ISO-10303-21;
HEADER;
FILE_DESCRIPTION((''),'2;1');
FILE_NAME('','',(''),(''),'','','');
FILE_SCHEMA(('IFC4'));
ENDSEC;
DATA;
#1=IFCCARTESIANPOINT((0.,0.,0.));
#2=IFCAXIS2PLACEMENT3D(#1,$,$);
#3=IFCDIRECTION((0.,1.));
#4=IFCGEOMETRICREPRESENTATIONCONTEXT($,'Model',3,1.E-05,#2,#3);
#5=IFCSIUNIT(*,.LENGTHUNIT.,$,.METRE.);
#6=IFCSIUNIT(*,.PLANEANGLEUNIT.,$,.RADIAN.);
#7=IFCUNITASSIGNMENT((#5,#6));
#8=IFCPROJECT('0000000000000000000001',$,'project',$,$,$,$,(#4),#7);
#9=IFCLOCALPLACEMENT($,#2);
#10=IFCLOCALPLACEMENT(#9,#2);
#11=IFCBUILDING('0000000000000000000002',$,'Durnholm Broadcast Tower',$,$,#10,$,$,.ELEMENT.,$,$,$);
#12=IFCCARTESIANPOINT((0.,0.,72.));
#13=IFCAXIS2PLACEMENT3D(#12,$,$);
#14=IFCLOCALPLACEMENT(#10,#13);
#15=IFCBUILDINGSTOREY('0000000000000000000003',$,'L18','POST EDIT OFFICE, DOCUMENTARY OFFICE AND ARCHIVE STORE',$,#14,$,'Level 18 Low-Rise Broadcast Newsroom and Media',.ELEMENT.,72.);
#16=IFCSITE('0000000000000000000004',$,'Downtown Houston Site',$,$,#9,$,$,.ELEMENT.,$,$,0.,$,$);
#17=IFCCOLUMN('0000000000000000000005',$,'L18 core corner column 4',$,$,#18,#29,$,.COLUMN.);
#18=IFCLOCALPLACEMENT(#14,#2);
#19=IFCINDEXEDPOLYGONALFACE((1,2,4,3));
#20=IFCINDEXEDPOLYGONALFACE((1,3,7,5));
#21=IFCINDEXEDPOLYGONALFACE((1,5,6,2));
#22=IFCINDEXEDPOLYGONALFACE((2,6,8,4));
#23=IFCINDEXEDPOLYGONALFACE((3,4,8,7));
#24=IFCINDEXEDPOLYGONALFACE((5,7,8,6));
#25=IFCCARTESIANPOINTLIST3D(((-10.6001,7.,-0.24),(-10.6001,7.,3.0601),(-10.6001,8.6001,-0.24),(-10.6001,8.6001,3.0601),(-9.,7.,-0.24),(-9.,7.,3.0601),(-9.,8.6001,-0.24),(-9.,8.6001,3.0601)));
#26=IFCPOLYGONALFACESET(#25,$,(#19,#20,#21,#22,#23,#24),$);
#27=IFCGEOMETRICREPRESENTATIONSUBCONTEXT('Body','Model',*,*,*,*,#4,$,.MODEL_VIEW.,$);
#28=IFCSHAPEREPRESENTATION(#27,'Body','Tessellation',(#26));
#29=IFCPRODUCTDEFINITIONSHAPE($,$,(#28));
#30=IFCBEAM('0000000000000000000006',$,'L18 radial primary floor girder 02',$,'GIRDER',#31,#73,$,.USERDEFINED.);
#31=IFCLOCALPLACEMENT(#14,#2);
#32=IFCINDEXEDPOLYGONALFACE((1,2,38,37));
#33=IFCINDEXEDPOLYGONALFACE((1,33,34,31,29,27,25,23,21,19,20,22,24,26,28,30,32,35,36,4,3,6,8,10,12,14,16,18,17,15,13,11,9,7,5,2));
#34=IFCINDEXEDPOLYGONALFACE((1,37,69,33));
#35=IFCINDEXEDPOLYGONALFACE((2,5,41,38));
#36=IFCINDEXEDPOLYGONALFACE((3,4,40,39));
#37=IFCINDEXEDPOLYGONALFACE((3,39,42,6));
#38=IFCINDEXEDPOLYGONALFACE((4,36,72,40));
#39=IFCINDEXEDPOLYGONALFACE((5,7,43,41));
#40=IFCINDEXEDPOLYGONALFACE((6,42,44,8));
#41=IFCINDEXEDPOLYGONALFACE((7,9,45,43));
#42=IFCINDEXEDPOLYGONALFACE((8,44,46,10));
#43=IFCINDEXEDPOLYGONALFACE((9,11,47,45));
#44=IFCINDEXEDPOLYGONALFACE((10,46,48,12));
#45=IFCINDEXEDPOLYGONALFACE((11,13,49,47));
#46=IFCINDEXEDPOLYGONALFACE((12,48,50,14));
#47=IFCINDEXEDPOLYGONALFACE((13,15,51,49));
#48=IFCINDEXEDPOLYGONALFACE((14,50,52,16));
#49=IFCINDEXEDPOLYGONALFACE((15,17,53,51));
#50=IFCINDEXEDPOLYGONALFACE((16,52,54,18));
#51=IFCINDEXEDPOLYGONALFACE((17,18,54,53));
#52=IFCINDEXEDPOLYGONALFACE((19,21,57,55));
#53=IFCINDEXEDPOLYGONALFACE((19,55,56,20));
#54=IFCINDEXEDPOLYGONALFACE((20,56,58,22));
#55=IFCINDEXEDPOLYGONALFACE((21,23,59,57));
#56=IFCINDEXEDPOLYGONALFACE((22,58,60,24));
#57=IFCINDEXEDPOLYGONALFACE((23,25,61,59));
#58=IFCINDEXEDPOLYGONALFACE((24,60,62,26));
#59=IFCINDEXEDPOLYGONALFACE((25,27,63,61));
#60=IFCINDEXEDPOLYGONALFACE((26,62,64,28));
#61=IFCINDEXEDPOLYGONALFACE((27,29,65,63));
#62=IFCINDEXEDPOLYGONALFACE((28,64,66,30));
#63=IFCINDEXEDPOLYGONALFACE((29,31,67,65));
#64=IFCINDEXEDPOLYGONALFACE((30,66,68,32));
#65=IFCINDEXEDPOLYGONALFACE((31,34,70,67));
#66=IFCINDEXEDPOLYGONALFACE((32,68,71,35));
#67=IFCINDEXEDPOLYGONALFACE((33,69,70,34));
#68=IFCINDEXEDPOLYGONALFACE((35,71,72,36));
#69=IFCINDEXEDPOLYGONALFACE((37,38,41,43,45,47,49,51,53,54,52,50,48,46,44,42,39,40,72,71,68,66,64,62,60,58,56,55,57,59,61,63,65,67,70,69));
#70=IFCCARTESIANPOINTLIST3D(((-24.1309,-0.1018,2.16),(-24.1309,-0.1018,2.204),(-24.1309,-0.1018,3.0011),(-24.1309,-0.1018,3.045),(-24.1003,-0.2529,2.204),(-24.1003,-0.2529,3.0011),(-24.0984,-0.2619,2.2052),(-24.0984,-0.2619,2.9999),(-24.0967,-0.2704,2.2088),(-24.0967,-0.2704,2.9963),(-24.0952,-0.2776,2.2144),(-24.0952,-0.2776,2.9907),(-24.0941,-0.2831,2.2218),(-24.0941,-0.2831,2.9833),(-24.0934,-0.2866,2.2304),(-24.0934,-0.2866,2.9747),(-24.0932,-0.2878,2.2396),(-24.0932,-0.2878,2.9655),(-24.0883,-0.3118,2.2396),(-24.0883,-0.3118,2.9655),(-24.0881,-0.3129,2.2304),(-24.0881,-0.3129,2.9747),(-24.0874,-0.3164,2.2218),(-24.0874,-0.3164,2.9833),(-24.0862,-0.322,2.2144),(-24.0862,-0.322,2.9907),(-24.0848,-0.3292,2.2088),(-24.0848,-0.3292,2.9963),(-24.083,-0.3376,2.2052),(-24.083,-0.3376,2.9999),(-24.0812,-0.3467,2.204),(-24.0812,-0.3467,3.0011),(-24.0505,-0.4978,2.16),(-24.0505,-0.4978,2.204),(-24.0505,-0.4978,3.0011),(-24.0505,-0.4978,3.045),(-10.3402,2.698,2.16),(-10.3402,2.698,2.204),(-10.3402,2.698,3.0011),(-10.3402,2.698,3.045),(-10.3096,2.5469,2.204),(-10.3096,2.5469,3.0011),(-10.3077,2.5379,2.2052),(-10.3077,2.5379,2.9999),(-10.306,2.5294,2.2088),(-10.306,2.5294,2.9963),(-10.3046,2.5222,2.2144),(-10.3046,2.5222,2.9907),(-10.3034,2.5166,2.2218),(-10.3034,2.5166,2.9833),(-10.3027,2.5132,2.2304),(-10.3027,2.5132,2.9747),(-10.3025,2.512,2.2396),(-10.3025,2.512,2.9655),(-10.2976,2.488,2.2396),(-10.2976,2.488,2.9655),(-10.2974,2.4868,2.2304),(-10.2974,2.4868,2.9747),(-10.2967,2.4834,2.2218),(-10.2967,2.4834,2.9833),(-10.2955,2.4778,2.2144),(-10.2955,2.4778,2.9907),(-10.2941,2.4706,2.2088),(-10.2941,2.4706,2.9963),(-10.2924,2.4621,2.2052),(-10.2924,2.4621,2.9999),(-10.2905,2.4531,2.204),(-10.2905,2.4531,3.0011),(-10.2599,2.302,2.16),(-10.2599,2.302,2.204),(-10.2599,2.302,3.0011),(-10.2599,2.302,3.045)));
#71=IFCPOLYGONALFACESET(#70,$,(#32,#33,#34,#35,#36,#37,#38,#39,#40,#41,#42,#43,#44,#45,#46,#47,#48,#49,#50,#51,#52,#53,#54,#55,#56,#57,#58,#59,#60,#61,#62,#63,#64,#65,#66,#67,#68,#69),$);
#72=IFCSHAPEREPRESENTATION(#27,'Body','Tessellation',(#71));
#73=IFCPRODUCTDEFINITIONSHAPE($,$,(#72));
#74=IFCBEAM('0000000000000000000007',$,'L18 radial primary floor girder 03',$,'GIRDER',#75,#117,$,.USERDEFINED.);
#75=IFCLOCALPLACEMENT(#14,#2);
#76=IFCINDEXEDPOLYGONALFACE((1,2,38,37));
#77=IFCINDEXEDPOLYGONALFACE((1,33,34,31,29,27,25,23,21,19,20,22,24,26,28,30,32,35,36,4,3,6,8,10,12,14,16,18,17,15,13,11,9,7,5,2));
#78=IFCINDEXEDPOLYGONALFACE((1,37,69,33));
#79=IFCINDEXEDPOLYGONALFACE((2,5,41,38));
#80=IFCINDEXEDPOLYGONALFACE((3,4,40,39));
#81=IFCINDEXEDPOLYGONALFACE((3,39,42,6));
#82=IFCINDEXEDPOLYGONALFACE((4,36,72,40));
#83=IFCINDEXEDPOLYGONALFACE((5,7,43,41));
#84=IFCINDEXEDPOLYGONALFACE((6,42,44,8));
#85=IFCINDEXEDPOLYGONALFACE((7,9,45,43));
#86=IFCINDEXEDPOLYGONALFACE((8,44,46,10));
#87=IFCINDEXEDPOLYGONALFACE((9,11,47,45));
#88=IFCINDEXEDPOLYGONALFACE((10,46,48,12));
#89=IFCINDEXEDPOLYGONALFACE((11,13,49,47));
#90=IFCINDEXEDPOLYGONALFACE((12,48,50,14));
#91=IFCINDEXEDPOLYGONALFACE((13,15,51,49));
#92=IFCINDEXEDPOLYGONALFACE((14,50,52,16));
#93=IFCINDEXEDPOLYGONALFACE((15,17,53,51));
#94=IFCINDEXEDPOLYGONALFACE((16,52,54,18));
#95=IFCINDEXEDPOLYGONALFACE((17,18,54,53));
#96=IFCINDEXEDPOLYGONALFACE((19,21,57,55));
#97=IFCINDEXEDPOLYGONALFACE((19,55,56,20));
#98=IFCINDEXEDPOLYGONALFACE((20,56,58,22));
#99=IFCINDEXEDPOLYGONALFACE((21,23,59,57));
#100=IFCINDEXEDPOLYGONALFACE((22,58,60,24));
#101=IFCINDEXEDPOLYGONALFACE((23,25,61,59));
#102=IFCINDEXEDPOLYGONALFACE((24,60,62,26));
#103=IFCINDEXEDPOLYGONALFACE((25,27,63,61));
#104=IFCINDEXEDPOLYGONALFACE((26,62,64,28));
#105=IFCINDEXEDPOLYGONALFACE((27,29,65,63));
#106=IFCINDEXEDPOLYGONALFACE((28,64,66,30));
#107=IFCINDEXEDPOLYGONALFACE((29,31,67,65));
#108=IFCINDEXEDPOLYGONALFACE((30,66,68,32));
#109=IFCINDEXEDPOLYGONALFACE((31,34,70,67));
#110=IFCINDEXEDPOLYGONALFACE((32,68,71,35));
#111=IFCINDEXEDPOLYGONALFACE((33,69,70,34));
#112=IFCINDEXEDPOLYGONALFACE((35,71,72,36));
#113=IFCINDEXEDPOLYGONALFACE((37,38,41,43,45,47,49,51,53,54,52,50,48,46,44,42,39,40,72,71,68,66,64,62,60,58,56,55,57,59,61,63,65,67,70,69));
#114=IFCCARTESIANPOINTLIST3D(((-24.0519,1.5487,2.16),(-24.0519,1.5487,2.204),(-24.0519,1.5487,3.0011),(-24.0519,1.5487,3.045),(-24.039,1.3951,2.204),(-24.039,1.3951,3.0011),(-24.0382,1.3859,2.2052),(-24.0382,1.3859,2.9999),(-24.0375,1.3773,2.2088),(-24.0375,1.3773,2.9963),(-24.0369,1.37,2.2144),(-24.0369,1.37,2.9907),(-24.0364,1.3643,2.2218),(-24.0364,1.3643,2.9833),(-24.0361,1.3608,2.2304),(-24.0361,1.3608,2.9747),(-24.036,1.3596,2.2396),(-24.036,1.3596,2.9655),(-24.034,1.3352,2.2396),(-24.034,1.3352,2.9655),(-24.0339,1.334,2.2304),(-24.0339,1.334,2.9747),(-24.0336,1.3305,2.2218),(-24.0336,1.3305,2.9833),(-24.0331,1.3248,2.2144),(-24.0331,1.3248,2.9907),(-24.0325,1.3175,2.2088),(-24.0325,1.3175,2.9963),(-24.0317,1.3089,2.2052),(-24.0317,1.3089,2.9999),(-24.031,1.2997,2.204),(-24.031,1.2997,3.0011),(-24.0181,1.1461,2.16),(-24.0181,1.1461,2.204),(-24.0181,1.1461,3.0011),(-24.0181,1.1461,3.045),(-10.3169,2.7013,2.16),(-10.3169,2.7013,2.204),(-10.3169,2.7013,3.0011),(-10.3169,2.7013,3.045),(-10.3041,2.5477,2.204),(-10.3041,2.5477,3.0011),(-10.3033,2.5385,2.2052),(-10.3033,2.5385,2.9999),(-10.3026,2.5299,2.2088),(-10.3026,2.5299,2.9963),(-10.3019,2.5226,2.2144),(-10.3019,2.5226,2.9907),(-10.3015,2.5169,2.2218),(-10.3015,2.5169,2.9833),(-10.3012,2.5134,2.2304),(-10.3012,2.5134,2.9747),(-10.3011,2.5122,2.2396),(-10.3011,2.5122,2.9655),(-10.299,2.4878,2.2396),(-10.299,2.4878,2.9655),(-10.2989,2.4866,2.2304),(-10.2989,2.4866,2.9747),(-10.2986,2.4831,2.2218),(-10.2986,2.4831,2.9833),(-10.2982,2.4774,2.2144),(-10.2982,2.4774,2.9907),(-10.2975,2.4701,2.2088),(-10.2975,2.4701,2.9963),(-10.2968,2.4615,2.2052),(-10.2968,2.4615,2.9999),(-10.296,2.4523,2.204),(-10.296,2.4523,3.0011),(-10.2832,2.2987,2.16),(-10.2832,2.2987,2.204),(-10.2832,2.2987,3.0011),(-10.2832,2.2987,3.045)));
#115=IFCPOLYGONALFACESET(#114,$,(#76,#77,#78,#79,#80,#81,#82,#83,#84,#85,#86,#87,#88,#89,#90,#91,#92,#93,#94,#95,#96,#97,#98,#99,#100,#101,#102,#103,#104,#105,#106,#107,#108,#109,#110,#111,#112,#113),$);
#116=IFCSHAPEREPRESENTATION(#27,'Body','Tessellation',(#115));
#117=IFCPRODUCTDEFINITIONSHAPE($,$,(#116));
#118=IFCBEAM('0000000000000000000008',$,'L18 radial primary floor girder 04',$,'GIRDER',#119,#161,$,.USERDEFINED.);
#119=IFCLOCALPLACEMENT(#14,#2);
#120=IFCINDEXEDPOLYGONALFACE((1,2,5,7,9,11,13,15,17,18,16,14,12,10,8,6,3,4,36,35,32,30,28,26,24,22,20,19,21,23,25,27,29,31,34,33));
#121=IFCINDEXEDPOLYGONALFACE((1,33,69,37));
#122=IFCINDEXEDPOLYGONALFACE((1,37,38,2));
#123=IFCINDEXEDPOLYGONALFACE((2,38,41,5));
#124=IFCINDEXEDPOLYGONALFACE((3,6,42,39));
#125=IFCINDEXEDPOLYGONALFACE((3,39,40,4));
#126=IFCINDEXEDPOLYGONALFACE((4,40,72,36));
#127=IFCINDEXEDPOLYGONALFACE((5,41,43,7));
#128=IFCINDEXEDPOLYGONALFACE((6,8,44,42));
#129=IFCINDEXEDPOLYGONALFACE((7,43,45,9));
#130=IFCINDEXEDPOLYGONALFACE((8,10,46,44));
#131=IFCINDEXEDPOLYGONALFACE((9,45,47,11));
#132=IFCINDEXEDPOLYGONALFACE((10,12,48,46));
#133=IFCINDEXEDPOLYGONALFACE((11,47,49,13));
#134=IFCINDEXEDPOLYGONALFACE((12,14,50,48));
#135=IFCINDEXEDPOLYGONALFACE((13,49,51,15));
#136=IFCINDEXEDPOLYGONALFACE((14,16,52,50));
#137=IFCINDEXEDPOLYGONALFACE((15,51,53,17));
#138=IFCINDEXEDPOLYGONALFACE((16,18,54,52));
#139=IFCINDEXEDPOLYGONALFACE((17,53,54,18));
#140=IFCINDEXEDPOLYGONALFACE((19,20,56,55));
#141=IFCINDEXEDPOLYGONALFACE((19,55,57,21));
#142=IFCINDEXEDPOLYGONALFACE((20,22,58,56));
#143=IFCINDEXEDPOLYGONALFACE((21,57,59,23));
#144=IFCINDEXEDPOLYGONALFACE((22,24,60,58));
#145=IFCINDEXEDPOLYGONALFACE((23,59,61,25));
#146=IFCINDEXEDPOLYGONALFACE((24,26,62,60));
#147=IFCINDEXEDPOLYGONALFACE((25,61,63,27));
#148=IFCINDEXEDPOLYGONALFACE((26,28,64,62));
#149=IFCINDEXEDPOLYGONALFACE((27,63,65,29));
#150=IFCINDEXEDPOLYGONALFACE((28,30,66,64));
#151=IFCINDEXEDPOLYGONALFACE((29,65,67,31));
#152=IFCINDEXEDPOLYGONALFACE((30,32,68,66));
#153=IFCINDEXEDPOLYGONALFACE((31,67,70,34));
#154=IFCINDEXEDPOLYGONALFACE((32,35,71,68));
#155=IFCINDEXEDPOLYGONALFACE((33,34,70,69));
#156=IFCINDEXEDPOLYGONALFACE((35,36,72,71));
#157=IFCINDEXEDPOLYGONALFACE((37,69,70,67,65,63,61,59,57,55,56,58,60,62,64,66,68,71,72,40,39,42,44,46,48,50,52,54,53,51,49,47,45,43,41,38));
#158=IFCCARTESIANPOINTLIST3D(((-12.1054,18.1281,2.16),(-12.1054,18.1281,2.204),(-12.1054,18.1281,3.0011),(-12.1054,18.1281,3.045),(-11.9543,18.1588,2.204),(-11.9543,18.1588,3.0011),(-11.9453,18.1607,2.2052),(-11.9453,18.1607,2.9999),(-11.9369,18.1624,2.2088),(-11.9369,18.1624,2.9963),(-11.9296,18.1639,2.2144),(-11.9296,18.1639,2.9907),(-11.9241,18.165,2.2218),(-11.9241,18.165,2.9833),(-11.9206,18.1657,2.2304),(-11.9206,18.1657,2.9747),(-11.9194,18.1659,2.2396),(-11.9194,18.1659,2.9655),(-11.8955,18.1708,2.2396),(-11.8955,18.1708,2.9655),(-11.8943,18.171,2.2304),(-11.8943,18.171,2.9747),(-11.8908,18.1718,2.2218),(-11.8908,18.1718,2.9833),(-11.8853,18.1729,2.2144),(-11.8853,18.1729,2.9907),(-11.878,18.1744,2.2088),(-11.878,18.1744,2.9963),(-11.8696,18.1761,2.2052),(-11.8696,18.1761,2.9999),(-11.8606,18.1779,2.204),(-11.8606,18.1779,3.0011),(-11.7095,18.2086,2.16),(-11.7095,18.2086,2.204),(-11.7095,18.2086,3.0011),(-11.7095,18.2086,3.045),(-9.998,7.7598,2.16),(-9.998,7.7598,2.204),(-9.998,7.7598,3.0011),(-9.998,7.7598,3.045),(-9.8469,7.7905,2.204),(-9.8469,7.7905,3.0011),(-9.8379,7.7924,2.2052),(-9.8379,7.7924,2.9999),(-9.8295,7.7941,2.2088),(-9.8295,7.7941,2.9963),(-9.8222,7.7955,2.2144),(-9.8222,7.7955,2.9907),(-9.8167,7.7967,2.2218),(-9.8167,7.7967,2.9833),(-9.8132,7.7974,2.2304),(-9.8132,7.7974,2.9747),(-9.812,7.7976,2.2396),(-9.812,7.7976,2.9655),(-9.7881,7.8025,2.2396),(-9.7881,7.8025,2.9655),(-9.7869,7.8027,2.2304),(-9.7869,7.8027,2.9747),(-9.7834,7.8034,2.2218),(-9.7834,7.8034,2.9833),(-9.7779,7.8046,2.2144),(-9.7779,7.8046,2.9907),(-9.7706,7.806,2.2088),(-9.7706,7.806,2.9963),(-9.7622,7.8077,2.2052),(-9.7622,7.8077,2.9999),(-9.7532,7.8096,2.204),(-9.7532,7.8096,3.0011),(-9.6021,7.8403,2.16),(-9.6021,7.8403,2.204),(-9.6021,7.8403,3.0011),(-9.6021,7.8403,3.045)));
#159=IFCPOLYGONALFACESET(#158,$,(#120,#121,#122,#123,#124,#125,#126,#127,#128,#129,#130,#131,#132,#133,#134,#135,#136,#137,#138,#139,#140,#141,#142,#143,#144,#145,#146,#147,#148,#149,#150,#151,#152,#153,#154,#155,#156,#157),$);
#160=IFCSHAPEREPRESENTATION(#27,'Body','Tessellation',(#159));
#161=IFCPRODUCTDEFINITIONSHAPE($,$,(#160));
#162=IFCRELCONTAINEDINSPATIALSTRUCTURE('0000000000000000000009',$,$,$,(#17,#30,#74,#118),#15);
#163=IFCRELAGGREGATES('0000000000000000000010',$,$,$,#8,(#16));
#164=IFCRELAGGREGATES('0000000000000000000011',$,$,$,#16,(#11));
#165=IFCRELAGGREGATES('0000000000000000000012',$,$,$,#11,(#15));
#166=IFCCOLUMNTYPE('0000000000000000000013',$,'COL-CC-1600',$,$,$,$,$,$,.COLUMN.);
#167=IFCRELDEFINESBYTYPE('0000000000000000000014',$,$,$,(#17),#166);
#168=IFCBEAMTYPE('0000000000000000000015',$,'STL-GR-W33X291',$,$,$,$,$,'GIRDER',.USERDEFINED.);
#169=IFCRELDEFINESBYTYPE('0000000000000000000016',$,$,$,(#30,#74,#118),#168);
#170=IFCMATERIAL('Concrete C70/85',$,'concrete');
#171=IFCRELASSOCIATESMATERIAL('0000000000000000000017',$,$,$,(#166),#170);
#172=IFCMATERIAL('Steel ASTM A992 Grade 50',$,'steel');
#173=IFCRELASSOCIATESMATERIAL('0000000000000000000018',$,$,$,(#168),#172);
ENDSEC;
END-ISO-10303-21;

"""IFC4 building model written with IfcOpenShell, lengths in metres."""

from ifc_helpers import new_model, si_unit, direction, frame, origin, origin_2d, place, context, subcontext, project, spatial, rectangle, i_section, extrude, source, transform, mapped, material, material_profile, profile_set, type_object, type_shapes, element, save


model = new_model("IFC4")

# Units and contexts
model_context = context("Model", 3, precision=1e-05, world=origin(), true_north=direction((0.0, 1.0)))
body_context = subcontext(model_context, "Body", "Model", "MODEL_VIEW")
ifc_project = project(units=[si_unit("LENGTHUNIT", "METRE"), si_unit("PLANEANGLEUNIT", "RADIAN")], contexts=[model_context])

# Site, building, storey
site_placement = place(None, origin())
site = spatial("IfcSite", under=ifc_project, at=site_placement, Name="Downtown Houston Site", CompositionType="ELEMENT", RefElevation=0.0)
building_placement = place(site_placement, origin())
building = spatial("IfcBuilding", under=site, at=building_placement, Name="Durnholm Broadcast Tower", CompositionType="ELEMENT")
storey_placement = place(building_placement, frame((0.0, 0.0, 72.0)))
storey = spatial("IfcBuildingStorey", under=building, at=storey_placement, Name="L18", Description="POST EDIT OFFICE, DOCUMENTARY OFFICE AND ARCHIVE STORE", LongName="Level 18 Low-Rise Broadcast Newsroom and Media", CompositionType="ELEMENT", Elevation=72.0)

# Column
ifc_material_1 = material(Name="Concrete C70/85", Category="concrete")
ifc_material_profile_1 = material_profile(ifc_material_1, rectangle(XDim=1.6001, YDim=1.6001, at=origin_2d()), Name="RC1600X1600")
ifc_profile_set_1 = profile_set([ifc_material_profile_1], Name="Concrete C70/85")
column_type = type_object("IfcColumnType", Name="COL-CC-1600", PredefinedType="COLUMN", material=ifc_profile_set_1)
shared_shape_1 = source(origin(), body_context, "Body", "SweptSolid", [
    extrude(rectangle(XDim=1.6001, YDim=1.6001, at=origin_2d()), origin(), (0.0, 0.0, 1.0), 3.3),
])
type_shapes(column_type, [shared_shape_1])
column_placement = place(storey_placement, frame((-9.8, 7.8, -0.24), z_axis=(0.0, 0.0, 1.0), x_axis=(1.0, 0.0, 0.0)))
element("IfcColumn", 1, at=column_placement, inside=storey, type_object=column_type, Name="L18 core corner column 4", PredefinedType="COLUMN", context=body_context, shape_type="MappedRepresentation", body=[
    mapped(shared_shape_1, transform((0.0, 0.0, 0.0), x_axis=(1.0, 0.0, 0.0), y_axis=(0.0, 1.0, 0.0), z_axis=(0.0, 0.0, 1.0), scale=1.0)),
])

# Beams
ifc_material_2 = material(Name="Steel ASTM A992 Grade 50", Category="steel")
ifc_material_profile_2 = material_profile(ifc_material_2, i_section(OverallWidth=0.4041, OverallDepth=0.885, WebThickness=0.0244, FlangeThickness=0.0439, FilletRadius=0.0356, at=origin_2d()), Name="W33X291")
ifc_profile_set_2 = profile_set([ifc_material_profile_2], Name="Steel ASTM A992 Grade 50")
beam_type = type_object("IfcBeamType", Name="STL-GR-W33X291", ElementType="GIRDER", PredefinedType="USERDEFINED", material=ifc_profile_set_2)
shared_shape_2 = source(origin(), body_context, "Body", "SweptSolid", [
    extrude(i_section(OverallWidth=0.4041, OverallDepth=0.885, WebThickness=0.0244, FlangeThickness=0.0439, FilletRadius=0.0356, at=origin_2d()), origin(), (0.0, 0.0, 1.0), 14.072),
])
beam_1_placement = place(storey_placement, frame((-10.3, 2.5, 2.6025), z_axis=(-0.980007, -0.198961, 0.0), x_axis=(0.198961, -0.980007, 0.0)))
element("IfcBeam", 2, at=beam_1_placement, inside=storey, type_object=beam_type, Name="L18 radial primary floor girder 02", ObjectType="GIRDER", PredefinedType="USERDEFINED", context=body_context, shape_type="MappedRepresentation", body=[
    mapped(shared_shape_2, transform((0.0, 0.0, 0.0), x_axis=(1.0, 0.0, 0.0), y_axis=(0.0, 1.0, 0.0), z_axis=(0.0, 0.0, 1.0), scale=1.0)),
])
shared_shape_3 = source(origin(), body_context, "Body", "SweptSolid", [
    extrude(i_section(OverallWidth=0.4041, OverallDepth=0.885, WebThickness=0.0244, FlangeThickness=0.0439, FilletRadius=0.0356, at=origin_2d()), origin(), (0.0, 0.0, 1.0), 13.7832),
])
beam_2_placement = place(storey_placement, frame((-10.3, 2.5, 2.6025), z_axis=(-0.996497, -0.083623, 0.0), x_axis=(0.083623, -0.996497, 0.0)))
element("IfcBeam", 3, at=beam_2_placement, inside=storey, type_object=beam_type, Name="L18 radial primary floor girder 03", ObjectType="GIRDER", PredefinedType="USERDEFINED", context=body_context, shape_type="MappedRepresentation", body=[
    mapped(shared_shape_3, transform((0.0, 0.0, 0.0), x_axis=(1.0, 0.0, 0.0), y_axis=(0.0, 1.0, 0.0), z_axis=(0.0, 0.0, 1.0), scale=1.0)),
])
shared_shape_4 = source(origin(), body_context, "Body", "SweptSolid", [
    extrude(i_section(OverallWidth=0.4041, OverallDepth=0.885, WebThickness=0.0244, FlangeThickness=0.0439, FilletRadius=0.0356, at=origin_2d()), origin(), (0.0, 0.0, 1.0), 10.5803),
])
beam_3_placement = place(storey_placement, frame((-9.8, 7.8, 2.6025), z_axis=(-0.199181, 0.979963, 0.0), x_axis=(-0.979963, -0.199181, 0.0)))
element("IfcBeam", 4, at=beam_3_placement, inside=storey, type_object=beam_type, Name="L18 radial primary floor girder 04", ObjectType="GIRDER", PredefinedType="USERDEFINED", context=body_context, shape_type="MappedRepresentation", body=[
    mapped(shared_shape_4, transform((0.0, 0.0, 0.0), x_axis=(1.0, 0.0, 0.0), y_axis=(0.0, 1.0, 0.0), z_axis=(0.0, 0.0, 1.0), scale=1.0)),
])

save(model, "model.ifc")
